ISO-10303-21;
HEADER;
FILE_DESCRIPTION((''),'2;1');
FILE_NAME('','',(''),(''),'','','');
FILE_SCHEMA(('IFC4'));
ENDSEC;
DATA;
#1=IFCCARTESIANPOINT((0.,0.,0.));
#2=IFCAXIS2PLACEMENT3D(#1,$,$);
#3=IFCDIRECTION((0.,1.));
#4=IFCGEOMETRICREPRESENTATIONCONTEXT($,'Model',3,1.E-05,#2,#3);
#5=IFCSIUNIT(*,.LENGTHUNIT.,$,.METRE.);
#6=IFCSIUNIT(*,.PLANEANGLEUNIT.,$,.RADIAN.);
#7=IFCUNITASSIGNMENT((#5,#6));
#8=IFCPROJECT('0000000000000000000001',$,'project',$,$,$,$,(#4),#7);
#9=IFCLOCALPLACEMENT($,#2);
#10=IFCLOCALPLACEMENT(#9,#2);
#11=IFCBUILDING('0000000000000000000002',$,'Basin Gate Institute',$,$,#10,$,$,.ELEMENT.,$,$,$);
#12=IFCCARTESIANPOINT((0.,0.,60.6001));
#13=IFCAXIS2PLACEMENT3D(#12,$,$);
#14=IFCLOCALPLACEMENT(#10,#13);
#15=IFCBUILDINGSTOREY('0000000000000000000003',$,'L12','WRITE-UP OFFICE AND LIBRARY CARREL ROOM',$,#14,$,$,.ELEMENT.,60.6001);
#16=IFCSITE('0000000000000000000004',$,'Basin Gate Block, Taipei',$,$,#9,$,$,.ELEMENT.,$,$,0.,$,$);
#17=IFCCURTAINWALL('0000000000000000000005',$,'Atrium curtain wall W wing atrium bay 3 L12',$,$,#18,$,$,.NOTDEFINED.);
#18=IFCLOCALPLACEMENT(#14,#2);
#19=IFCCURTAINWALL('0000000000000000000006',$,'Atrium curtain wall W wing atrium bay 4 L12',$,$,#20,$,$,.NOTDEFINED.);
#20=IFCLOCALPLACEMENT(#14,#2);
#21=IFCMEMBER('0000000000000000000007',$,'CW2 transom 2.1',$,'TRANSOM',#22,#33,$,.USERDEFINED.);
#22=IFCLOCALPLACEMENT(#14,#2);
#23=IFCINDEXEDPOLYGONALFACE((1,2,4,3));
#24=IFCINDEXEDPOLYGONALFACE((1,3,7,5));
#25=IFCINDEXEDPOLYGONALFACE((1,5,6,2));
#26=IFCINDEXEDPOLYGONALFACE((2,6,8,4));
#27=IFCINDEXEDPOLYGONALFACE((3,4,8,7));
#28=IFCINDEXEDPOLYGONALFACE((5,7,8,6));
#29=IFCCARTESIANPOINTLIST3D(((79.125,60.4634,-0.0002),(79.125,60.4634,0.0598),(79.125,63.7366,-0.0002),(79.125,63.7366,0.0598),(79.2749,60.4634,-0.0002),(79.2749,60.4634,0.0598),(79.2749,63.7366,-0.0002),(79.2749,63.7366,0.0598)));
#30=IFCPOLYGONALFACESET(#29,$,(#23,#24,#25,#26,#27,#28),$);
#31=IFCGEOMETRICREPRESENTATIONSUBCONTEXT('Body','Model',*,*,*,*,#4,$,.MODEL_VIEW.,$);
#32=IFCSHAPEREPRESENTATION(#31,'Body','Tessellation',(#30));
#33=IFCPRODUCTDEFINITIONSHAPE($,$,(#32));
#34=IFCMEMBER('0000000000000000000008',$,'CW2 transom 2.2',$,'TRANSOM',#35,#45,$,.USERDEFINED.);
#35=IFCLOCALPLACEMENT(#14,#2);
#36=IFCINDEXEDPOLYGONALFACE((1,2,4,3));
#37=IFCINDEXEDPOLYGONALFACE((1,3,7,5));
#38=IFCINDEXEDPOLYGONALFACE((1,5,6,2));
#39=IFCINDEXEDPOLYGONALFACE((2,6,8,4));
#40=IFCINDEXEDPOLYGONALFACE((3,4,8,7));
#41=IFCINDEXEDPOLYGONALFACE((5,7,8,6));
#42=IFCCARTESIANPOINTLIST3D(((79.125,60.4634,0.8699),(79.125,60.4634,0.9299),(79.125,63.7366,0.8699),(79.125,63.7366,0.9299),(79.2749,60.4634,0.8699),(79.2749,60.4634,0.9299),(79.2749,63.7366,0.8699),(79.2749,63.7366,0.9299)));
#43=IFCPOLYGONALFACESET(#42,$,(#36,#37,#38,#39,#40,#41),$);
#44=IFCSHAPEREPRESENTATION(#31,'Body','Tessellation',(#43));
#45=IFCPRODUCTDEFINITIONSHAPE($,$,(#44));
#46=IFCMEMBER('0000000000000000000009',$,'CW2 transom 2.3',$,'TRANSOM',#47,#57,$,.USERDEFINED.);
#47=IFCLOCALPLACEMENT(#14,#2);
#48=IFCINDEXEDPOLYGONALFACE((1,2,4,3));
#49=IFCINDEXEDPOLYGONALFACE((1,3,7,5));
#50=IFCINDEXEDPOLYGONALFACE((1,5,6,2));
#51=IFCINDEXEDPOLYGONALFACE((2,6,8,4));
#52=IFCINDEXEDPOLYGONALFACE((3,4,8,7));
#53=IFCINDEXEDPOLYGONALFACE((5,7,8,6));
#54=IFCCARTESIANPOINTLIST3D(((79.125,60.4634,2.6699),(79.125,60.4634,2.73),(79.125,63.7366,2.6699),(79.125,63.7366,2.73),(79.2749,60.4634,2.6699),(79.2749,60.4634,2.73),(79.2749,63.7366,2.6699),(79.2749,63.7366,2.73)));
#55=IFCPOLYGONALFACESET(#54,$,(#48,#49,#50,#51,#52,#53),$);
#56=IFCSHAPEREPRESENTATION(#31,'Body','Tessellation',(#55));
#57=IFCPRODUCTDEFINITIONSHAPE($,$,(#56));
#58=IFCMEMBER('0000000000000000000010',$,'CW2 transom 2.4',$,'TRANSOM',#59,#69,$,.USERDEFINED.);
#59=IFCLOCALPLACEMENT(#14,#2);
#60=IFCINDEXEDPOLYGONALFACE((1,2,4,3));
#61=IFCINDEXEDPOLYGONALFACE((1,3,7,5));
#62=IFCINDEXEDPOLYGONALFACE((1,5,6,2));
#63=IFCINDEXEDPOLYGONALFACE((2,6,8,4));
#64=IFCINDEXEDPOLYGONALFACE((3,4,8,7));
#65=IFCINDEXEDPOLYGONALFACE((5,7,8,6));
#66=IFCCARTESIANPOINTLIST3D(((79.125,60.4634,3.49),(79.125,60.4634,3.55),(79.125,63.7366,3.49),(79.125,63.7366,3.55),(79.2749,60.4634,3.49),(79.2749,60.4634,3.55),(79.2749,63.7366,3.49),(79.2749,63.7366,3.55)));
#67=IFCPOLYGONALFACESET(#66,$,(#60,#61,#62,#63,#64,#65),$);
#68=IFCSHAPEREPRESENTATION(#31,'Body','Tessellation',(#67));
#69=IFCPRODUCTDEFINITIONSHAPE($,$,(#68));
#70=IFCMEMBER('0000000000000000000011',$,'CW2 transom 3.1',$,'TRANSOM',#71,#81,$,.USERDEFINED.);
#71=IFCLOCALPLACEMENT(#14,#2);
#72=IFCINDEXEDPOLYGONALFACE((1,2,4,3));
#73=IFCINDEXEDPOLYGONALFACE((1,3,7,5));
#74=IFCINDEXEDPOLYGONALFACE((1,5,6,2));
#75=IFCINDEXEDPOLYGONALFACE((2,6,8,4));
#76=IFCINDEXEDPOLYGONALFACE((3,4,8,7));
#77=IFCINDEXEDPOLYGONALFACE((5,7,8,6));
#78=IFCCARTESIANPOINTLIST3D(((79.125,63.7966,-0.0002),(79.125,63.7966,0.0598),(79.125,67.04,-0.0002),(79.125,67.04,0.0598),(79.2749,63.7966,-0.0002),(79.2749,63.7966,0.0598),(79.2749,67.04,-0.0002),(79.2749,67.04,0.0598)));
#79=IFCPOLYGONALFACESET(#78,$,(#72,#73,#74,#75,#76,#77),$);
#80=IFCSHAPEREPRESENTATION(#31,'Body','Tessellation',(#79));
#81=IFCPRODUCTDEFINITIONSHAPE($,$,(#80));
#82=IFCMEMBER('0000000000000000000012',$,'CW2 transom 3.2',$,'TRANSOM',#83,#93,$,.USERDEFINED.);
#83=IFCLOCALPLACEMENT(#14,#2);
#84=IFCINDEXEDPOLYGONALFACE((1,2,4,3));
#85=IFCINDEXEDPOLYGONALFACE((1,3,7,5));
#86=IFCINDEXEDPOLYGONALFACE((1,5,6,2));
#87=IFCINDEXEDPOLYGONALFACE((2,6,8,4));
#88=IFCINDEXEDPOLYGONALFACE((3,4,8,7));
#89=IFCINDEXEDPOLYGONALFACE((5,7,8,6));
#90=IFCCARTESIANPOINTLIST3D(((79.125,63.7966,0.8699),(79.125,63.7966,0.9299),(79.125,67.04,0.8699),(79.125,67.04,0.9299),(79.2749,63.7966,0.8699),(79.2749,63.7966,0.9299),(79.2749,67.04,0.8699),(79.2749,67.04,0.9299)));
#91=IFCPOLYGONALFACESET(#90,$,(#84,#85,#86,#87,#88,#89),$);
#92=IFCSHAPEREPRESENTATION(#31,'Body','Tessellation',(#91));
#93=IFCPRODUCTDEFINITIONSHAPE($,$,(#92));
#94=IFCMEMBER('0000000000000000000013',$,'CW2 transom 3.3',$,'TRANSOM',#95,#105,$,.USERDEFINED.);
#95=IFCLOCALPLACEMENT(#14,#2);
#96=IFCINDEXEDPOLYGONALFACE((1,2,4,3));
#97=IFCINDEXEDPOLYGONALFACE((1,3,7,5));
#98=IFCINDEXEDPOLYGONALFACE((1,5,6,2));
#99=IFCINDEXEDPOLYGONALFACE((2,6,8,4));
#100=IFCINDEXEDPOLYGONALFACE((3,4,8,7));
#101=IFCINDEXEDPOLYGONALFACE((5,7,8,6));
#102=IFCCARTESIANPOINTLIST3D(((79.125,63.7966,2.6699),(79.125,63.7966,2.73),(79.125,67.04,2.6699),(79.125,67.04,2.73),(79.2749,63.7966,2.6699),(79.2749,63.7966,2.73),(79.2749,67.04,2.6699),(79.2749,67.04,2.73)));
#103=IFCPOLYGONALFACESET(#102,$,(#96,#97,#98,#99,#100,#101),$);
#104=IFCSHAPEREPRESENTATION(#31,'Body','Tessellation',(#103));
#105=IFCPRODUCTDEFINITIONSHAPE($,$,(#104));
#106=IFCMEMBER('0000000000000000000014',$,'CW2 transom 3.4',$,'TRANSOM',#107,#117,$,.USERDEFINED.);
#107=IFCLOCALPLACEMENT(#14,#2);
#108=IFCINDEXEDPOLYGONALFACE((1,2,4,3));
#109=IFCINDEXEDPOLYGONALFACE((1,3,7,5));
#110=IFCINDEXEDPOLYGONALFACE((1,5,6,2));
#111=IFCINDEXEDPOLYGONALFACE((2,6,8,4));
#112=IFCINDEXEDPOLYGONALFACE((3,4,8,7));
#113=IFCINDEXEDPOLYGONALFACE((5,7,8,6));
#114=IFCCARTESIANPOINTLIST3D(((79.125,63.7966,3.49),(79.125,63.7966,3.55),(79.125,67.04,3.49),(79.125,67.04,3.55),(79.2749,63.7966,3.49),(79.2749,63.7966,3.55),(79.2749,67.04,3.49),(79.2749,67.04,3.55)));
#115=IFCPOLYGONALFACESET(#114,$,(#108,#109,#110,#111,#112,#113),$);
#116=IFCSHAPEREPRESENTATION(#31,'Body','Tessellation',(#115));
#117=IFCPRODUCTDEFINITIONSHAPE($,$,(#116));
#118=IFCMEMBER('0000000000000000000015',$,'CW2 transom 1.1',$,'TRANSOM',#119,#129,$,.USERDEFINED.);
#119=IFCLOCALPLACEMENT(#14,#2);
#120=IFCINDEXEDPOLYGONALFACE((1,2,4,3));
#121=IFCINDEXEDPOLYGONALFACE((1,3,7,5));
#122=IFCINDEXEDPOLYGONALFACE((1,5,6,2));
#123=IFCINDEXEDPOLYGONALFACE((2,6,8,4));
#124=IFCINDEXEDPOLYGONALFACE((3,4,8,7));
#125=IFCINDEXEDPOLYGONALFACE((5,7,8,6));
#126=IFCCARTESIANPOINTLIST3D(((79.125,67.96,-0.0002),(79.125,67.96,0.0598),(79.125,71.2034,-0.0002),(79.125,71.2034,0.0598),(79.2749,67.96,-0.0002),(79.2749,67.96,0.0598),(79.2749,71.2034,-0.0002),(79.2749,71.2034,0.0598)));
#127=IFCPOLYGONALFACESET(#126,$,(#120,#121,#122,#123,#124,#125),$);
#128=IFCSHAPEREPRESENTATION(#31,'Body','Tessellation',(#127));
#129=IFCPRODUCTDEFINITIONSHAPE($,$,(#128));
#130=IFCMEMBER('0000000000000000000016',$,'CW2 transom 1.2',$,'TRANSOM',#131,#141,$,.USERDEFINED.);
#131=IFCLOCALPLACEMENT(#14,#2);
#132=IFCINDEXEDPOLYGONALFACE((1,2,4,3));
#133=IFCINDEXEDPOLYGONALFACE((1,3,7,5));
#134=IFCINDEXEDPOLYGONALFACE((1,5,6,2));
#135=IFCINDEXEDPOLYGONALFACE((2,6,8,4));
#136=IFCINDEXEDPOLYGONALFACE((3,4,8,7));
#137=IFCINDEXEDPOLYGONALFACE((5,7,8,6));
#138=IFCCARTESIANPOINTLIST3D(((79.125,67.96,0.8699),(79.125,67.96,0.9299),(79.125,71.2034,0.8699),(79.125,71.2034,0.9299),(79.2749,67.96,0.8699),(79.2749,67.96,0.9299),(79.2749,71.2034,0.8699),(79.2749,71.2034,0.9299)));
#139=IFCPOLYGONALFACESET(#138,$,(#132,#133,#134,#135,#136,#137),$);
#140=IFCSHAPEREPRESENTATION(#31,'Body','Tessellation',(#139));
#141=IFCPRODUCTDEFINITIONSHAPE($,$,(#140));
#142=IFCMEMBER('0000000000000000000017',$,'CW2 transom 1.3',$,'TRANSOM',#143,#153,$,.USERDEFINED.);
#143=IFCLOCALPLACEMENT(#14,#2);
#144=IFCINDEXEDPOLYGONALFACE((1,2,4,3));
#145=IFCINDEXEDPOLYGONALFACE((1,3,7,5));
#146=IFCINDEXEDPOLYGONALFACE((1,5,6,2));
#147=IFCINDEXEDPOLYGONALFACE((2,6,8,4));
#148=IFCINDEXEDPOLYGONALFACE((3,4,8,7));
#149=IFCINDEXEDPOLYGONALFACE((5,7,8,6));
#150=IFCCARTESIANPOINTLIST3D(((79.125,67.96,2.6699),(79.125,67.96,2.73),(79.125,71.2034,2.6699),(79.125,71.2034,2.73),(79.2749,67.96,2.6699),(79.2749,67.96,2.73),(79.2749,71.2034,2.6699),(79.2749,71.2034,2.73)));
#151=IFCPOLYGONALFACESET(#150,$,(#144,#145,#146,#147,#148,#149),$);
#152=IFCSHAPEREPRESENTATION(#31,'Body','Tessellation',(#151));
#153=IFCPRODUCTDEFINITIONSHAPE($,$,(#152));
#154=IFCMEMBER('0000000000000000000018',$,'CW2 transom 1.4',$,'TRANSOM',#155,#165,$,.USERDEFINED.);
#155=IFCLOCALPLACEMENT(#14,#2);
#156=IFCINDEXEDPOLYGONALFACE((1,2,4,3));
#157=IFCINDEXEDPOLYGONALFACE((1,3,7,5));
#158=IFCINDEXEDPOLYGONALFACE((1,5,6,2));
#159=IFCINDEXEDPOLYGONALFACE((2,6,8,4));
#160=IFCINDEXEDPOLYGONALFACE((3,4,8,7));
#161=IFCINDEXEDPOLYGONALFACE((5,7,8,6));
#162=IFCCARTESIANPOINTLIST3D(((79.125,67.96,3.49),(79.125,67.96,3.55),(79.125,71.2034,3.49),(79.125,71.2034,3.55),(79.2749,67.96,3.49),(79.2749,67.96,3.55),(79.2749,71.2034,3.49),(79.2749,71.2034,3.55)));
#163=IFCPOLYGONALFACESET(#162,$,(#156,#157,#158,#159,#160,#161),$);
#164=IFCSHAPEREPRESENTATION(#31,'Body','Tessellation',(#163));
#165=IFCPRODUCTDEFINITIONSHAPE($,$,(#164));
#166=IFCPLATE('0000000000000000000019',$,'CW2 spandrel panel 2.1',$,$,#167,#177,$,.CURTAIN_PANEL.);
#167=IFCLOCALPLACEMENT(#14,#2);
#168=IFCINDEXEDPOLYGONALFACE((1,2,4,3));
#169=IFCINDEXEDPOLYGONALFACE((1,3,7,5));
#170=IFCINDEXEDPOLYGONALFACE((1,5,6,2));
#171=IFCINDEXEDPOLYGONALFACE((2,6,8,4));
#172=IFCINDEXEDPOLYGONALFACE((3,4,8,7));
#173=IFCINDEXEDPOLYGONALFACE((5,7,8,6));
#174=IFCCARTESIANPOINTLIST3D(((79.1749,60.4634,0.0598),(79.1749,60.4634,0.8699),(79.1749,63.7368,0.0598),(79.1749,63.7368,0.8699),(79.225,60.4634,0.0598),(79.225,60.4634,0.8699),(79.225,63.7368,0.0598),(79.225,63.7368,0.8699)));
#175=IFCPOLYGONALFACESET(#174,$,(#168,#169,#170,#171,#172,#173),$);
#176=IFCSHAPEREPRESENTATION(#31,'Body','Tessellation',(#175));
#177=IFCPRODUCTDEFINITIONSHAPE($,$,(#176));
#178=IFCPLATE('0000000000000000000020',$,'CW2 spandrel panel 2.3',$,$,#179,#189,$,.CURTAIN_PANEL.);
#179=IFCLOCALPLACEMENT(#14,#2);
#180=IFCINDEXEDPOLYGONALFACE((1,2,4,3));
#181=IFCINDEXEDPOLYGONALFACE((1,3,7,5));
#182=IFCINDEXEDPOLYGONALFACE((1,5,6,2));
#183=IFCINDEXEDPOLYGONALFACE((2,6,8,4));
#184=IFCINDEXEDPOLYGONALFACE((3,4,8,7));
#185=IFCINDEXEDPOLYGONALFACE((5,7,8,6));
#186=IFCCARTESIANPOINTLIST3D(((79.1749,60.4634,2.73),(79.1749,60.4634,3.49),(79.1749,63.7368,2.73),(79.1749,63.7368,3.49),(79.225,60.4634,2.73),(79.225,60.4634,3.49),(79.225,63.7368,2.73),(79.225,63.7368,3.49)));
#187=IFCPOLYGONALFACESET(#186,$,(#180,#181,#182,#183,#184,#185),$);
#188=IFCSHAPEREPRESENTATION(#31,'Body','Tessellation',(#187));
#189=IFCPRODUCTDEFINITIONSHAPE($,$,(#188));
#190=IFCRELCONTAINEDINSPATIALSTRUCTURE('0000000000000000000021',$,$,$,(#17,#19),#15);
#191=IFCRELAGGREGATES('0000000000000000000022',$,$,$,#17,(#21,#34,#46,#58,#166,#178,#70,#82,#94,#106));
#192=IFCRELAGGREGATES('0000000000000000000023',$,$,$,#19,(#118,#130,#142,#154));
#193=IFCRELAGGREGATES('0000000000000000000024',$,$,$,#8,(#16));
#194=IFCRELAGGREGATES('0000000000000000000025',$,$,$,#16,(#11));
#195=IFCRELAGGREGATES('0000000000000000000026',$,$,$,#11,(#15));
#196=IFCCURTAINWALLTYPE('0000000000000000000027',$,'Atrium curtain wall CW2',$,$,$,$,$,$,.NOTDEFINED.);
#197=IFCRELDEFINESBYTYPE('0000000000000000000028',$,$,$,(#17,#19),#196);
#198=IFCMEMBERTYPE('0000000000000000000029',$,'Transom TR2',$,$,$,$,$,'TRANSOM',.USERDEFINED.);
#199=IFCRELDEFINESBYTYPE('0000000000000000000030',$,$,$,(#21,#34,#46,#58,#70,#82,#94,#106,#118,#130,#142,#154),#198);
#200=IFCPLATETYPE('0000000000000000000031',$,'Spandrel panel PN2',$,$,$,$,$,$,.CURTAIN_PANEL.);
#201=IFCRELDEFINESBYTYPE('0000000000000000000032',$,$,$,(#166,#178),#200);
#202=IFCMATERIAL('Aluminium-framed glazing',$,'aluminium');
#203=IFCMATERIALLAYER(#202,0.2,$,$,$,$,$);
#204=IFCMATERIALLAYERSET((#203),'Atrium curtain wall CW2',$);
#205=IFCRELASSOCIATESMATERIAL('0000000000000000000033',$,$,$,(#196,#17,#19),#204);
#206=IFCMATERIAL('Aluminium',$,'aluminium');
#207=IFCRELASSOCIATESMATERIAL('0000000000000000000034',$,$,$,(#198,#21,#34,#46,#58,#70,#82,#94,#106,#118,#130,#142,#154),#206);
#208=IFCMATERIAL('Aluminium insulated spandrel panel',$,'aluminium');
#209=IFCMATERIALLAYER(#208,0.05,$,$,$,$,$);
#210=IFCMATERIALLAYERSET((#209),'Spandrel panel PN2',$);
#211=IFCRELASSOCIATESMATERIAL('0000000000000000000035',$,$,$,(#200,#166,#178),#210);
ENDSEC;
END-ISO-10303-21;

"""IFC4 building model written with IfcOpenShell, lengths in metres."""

from ifc_helpers import new_model, si_unit, direction, frame, origin, origin_2d, place, context, subcontext, project, spatial, rectangle, extrude, material, layer, layer_set, material_profile, profile_set, type_object, element, aggregate, save


model = new_model("IFC4")

# Units and contexts
model_context = context("Model", 3, precision=1e-05, world=origin(), true_north=direction((0.0, 1.0)))
body_context = subcontext(model_context, "Body", "Model", "MODEL_VIEW")
ifc_project = project(units=[si_unit("LENGTHUNIT", "METRE"), si_unit("PLANEANGLEUNIT", "RADIAN")], contexts=[model_context])

# Site, building, storey
site_placement = place(None, origin())
site = spatial("IfcSite", under=ifc_project, at=site_placement, Name="Basin Gate Block, Taipei", CompositionType="ELEMENT", RefElevation=0.0)
building_placement = place(site_placement, origin())
building = spatial("IfcBuilding", under=site, at=building_placement, Name="Basin Gate Institute", CompositionType="ELEMENT")
storey_placement = place(building_placement, frame((0.0, 0.0, 60.6001)))
storey = spatial("IfcBuildingStorey", under=building, at=storey_placement, Name="L12", Description="WRITE-UP OFFICE AND LIBRARY CARREL ROOM", CompositionType="ELEMENT", Elevation=60.6001)

# Curtain wall
ifc_material_1 = material(Name="Aluminium-framed glazing", Category="aluminium")
ifc_layer_1 = layer(ifc_material_1, 0.2)
ifc_layer_set_1 = layer_set([ifc_layer_1], Name="Atrium curtain wall CW2")
curtain_wall_type = type_object("IfcCurtainWallType", Name="Atrium curtain wall CW2", PredefinedType="NOTDEFINED", material=ifc_layer_set_1)
curtain_wall_1_placement = place(storey_placement, origin())
curtain_wall_1 = element("IfcCurtainWall", 1, at=curtain_wall_1_placement, inside=storey, type_object=curtain_wall_type, material=ifc_layer_set_1, Name="Atrium curtain wall W wing atrium bay 3 L12", PredefinedType="NOTDEFINED")

# Curtain wall
curtain_wall_2_placement = place(storey_placement, origin())
curtain_wall_2 = element("IfcCurtainWall", 2, at=curtain_wall_2_placement, inside=storey, type_object=curtain_wall_type, material=ifc_layer_set_1, Name="Atrium curtain wall W wing atrium bay 4 L12", PredefinedType="NOTDEFINED")

# Members
ifc_material_2 = material(Name="Aluminium", Category="aluminium")
ifc_material_profile_1 = material_profile(ifc_material_2, rectangle(XDim=0.1499, YDim=0.0601, at=origin_2d()), Name="Transom TR2 150 x 60")
ifc_profile_set_1 = profile_set([ifc_material_profile_1], Name="Aluminium")
member_type_1 = type_object("IfcMemberType", Name="Transom TR2", ElementType="TRANSOM", PredefinedType="USERDEFINED", material=ifc_profile_set_1)
member_1_placement = place(storey_placement, frame((79.2, 60.4634, 0.0298), z_axis=(0.0, 1.0, 0.0), x_axis=(-1.0, 0.0, 0.0)))
member_1 = element("IfcMember", 3, at=member_1_placement, type_object=member_type_1, material=ifc_profile_set_1, Name="CW2 transom 2.1", ObjectType="TRANSOM", PredefinedType="USERDEFINED", context=body_context, shape_type="SweptSolid", body=[
    extrude(rectangle(XDim=0.1499, YDim=0.0601, at=origin_2d()), origin(), (0.0, 0.0, 1.0), 3.2732),
])
member_2_placement = place(storey_placement, frame((79.2, 60.4634, 0.8999), z_axis=(0.0, 1.0, 0.0), x_axis=(-1.0, 0.0, 0.0)))
member_2 = element("IfcMember", 4, at=member_2_placement, type_object=member_type_1, material=ifc_profile_set_1, Name="CW2 transom 2.2", ObjectType="TRANSOM", PredefinedType="USERDEFINED", context=body_context, shape_type="SweptSolid", body=[
    extrude(rectangle(XDim=0.1499, YDim=0.0601, at=origin_2d()), origin(), (0.0, 0.0, 1.0), 3.2732),
])
member_3_placement = place(storey_placement, frame((79.2, 60.4634, 2.7), z_axis=(0.0, 1.0, 0.0), x_axis=(-1.0, 0.0, 0.0)))
member_3 = element("IfcMember", 5, at=member_3_placement, type_object=member_type_1, material=ifc_profile_set_1, Name="CW2 transom 2.3", ObjectType="TRANSOM", PredefinedType="USERDEFINED", context=body_context, shape_type="SweptSolid", body=[
    extrude(rectangle(XDim=0.1499, YDim=0.0601, at=origin_2d()), origin(), (0.0, 0.0, 1.0), 3.2732),
])
member_4_placement = place(storey_placement, frame((79.2, 60.4634, 3.52), z_axis=(0.0, 1.0, 0.0), x_axis=(-1.0, 0.0, 0.0)))
member_4 = element("IfcMember", 6, at=member_4_placement, type_object=member_type_1, material=ifc_profile_set_1, Name="CW2 transom 2.4", ObjectType="TRANSOM", PredefinedType="USERDEFINED", context=body_context, shape_type="SweptSolid", body=[
    extrude(rectangle(XDim=0.1499, YDim=0.0601, at=origin_2d()), origin(), (0.0, 0.0, 1.0), 3.2732),
])
member_5_placement = place(storey_placement, frame((79.2, 63.7966, 0.0298), z_axis=(0.0, 1.0, 0.0), x_axis=(-1.0, 0.0, 0.0)))
member_5 = element("IfcMember", 7, at=member_5_placement, type_object=member_type_1, material=ifc_profile_set_1, Name="CW2 transom 3.1", ObjectType="TRANSOM", PredefinedType="USERDEFINED", context=body_context, shape_type="SweptSolid", body=[
    extrude(rectangle(XDim=0.1499, YDim=0.0601, at=origin_2d()), origin(), (0.0, 0.0, 1.0), 3.2434),
])
member_6_placement = place(storey_placement, frame((79.2, 63.7966, 0.8999), z_axis=(0.0, 1.0, 0.0), x_axis=(-1.0, 0.0, 0.0)))
member_6 = element("IfcMember", 8, at=member_6_placement, type_object=member_type_1, material=ifc_profile_set_1, Name="CW2 transom 3.2", ObjectType="TRANSOM", PredefinedType="USERDEFINED", context=body_context, shape_type="SweptSolid", body=[
    extrude(rectangle(XDim=0.1499, YDim=0.0601, at=origin_2d()), origin(), (0.0, 0.0, 1.0), 3.2434),
])
member_7_placement = place(storey_placement, frame((79.2, 63.7966, 2.7), z_axis=(0.0, 1.0, 0.0), x_axis=(-1.0, 0.0, 0.0)))
member_7 = element("IfcMember", 9, at=member_7_placement, type_object=member_type_1, material=ifc_profile_set_1, Name="CW2 transom 3.3", ObjectType="TRANSOM", PredefinedType="USERDEFINED", context=body_context, shape_type="SweptSolid", body=[
    extrude(rectangle(XDim=0.1499, YDim=0.0601, at=origin_2d()), origin(), (0.0, 0.0, 1.0), 3.2434),
])
member_8_placement = place(storey_placement, frame((79.2, 63.7966, 3.52), z_axis=(0.0, 1.0, 0.0), x_axis=(-1.0, 0.0, 0.0)))
member_8 = element("IfcMember", 10, at=member_8_placement, type_object=member_type_1, material=ifc_profile_set_1, Name="CW2 transom 3.4", ObjectType="TRANSOM", PredefinedType="USERDEFINED", context=body_context, shape_type="SweptSolid", body=[
    extrude(rectangle(XDim=0.1499, YDim=0.0601, at=origin_2d()), origin(), (0.0, 0.0, 1.0), 3.2434),
])
member_9_placement = place(storey_placement, frame((79.2, 67.96, 0.0298), z_axis=(0.0, 1.0, 0.0), x_axis=(-1.0, 0.0, 0.0)))
member_9 = element("IfcMember", 11, at=member_9_placement, type_object=member_type_1, material=ifc_profile_set_1, Name="CW2 transom 1.1", ObjectType="TRANSOM", PredefinedType="USERDEFINED", context=body_context, shape_type="SweptSolid", body=[
    extrude(rectangle(XDim=0.1499, YDim=0.0601, at=origin_2d()), origin(), (0.0, 0.0, 1.0), 3.2434),
])
member_10_placement = place(storey_placement, frame((79.2, 67.96, 0.8999), z_axis=(0.0, 1.0, 0.0), x_axis=(-1.0, 0.0, 0.0)))
member_10 = element("IfcMember", 12, at=member_10_placement, type_object=member_type_1, material=ifc_profile_set_1, Name="CW2 transom 1.2", ObjectType="TRANSOM", PredefinedType="USERDEFINED", context=body_context, shape_type="SweptSolid", body=[
    extrude(rectangle(XDim=0.1499, YDim=0.0601, at=origin_2d()), origin(), (0.0, 0.0, 1.0), 3.2434),
])
member_11_placement = place(storey_placement, frame((79.2, 67.96, 2.7), z_axis=(0.0, 1.0, 0.0), x_axis=(-1.0, 0.0, 0.0)))
member_11 = element("IfcMember", 13, at=member_11_placement, type_object=member_type_1, material=ifc_profile_set_1, Name="CW2 transom 1.3", ObjectType="TRANSOM", PredefinedType="USERDEFINED", context=body_context, shape_type="SweptSolid", body=[
    extrude(rectangle(XDim=0.1499, YDim=0.0601, at=origin_2d()), origin(), (0.0, 0.0, 1.0), 3.2434),
])
member_12_placement = place(storey_placement, frame((79.2, 67.96, 3.52), z_axis=(0.0, 1.0, 0.0), x_axis=(-1.0, 0.0, 0.0)))
member_12 = element("IfcMember", 14, at=member_12_placement, type_object=member_type_1, material=ifc_profile_set_1, Name="CW2 transom 1.4", ObjectType="TRANSOM", PredefinedType="USERDEFINED", context=body_context, shape_type="SweptSolid", body=[
    extrude(rectangle(XDim=0.1499, YDim=0.0601, at=origin_2d()), origin(), (0.0, 0.0, 1.0), 3.2434),
])

# Plates
ifc_material_3 = material(Name="Aluminium insulated spandrel panel", Category="aluminium")
ifc_layer_2 = layer(ifc_material_3, 0.05)
ifc_layer_set_2 = layer_set([ifc_layer_2], Name="Spandrel panel PN2")
plate_type_1 = type_object("IfcPlateType", Name="Spandrel panel PN2", PredefinedType="CURTAIN_PANEL", material=ifc_layer_set_2)
plate_1_placement = place(storey_placement, frame((79.2, 62.1001, 0.0598), z_axis=(0.0, 0.0, 1.0), x_axis=(0.0, 1.0, 0.0)))
plate_1 = element("IfcPlate", 15, at=plate_1_placement, type_object=plate_type_1, material=ifc_layer_set_2, Name="CW2 spandrel panel 2.1", PredefinedType="CURTAIN_PANEL", context=body_context, shape_type="SweptSolid", body=[
    extrude(rectangle(XDim=3.2734, YDim=0.05, at=origin_2d()), origin(), (0.0, 0.0, 1.0), 0.8101),
])
plate_2_placement = place(storey_placement, frame((79.2, 62.1001, 2.73), z_axis=(0.0, 0.0, 1.0), x_axis=(0.0, 1.0, 0.0)))
plate_2 = element("IfcPlate", 16, at=plate_2_placement, type_object=plate_type_1, material=ifc_layer_set_2, Name="CW2 spandrel panel 2.3", PredefinedType="CURTAIN_PANEL", context=body_context, shape_type="SweptSolid", body=[
    extrude(rectangle(XDim=3.2734, YDim=0.05, at=origin_2d()), origin(), (0.0, 0.0, 1.0), 0.76),
])
aggregate(curtain_wall_1, [member_1, member_2, member_3, member_4, plate_1, plate_2, member_5, member_6, member_7, member_8])
aggregate(curtain_wall_2, [member_9, member_10, member_11, member_12])

save(model, "model.ifc")
